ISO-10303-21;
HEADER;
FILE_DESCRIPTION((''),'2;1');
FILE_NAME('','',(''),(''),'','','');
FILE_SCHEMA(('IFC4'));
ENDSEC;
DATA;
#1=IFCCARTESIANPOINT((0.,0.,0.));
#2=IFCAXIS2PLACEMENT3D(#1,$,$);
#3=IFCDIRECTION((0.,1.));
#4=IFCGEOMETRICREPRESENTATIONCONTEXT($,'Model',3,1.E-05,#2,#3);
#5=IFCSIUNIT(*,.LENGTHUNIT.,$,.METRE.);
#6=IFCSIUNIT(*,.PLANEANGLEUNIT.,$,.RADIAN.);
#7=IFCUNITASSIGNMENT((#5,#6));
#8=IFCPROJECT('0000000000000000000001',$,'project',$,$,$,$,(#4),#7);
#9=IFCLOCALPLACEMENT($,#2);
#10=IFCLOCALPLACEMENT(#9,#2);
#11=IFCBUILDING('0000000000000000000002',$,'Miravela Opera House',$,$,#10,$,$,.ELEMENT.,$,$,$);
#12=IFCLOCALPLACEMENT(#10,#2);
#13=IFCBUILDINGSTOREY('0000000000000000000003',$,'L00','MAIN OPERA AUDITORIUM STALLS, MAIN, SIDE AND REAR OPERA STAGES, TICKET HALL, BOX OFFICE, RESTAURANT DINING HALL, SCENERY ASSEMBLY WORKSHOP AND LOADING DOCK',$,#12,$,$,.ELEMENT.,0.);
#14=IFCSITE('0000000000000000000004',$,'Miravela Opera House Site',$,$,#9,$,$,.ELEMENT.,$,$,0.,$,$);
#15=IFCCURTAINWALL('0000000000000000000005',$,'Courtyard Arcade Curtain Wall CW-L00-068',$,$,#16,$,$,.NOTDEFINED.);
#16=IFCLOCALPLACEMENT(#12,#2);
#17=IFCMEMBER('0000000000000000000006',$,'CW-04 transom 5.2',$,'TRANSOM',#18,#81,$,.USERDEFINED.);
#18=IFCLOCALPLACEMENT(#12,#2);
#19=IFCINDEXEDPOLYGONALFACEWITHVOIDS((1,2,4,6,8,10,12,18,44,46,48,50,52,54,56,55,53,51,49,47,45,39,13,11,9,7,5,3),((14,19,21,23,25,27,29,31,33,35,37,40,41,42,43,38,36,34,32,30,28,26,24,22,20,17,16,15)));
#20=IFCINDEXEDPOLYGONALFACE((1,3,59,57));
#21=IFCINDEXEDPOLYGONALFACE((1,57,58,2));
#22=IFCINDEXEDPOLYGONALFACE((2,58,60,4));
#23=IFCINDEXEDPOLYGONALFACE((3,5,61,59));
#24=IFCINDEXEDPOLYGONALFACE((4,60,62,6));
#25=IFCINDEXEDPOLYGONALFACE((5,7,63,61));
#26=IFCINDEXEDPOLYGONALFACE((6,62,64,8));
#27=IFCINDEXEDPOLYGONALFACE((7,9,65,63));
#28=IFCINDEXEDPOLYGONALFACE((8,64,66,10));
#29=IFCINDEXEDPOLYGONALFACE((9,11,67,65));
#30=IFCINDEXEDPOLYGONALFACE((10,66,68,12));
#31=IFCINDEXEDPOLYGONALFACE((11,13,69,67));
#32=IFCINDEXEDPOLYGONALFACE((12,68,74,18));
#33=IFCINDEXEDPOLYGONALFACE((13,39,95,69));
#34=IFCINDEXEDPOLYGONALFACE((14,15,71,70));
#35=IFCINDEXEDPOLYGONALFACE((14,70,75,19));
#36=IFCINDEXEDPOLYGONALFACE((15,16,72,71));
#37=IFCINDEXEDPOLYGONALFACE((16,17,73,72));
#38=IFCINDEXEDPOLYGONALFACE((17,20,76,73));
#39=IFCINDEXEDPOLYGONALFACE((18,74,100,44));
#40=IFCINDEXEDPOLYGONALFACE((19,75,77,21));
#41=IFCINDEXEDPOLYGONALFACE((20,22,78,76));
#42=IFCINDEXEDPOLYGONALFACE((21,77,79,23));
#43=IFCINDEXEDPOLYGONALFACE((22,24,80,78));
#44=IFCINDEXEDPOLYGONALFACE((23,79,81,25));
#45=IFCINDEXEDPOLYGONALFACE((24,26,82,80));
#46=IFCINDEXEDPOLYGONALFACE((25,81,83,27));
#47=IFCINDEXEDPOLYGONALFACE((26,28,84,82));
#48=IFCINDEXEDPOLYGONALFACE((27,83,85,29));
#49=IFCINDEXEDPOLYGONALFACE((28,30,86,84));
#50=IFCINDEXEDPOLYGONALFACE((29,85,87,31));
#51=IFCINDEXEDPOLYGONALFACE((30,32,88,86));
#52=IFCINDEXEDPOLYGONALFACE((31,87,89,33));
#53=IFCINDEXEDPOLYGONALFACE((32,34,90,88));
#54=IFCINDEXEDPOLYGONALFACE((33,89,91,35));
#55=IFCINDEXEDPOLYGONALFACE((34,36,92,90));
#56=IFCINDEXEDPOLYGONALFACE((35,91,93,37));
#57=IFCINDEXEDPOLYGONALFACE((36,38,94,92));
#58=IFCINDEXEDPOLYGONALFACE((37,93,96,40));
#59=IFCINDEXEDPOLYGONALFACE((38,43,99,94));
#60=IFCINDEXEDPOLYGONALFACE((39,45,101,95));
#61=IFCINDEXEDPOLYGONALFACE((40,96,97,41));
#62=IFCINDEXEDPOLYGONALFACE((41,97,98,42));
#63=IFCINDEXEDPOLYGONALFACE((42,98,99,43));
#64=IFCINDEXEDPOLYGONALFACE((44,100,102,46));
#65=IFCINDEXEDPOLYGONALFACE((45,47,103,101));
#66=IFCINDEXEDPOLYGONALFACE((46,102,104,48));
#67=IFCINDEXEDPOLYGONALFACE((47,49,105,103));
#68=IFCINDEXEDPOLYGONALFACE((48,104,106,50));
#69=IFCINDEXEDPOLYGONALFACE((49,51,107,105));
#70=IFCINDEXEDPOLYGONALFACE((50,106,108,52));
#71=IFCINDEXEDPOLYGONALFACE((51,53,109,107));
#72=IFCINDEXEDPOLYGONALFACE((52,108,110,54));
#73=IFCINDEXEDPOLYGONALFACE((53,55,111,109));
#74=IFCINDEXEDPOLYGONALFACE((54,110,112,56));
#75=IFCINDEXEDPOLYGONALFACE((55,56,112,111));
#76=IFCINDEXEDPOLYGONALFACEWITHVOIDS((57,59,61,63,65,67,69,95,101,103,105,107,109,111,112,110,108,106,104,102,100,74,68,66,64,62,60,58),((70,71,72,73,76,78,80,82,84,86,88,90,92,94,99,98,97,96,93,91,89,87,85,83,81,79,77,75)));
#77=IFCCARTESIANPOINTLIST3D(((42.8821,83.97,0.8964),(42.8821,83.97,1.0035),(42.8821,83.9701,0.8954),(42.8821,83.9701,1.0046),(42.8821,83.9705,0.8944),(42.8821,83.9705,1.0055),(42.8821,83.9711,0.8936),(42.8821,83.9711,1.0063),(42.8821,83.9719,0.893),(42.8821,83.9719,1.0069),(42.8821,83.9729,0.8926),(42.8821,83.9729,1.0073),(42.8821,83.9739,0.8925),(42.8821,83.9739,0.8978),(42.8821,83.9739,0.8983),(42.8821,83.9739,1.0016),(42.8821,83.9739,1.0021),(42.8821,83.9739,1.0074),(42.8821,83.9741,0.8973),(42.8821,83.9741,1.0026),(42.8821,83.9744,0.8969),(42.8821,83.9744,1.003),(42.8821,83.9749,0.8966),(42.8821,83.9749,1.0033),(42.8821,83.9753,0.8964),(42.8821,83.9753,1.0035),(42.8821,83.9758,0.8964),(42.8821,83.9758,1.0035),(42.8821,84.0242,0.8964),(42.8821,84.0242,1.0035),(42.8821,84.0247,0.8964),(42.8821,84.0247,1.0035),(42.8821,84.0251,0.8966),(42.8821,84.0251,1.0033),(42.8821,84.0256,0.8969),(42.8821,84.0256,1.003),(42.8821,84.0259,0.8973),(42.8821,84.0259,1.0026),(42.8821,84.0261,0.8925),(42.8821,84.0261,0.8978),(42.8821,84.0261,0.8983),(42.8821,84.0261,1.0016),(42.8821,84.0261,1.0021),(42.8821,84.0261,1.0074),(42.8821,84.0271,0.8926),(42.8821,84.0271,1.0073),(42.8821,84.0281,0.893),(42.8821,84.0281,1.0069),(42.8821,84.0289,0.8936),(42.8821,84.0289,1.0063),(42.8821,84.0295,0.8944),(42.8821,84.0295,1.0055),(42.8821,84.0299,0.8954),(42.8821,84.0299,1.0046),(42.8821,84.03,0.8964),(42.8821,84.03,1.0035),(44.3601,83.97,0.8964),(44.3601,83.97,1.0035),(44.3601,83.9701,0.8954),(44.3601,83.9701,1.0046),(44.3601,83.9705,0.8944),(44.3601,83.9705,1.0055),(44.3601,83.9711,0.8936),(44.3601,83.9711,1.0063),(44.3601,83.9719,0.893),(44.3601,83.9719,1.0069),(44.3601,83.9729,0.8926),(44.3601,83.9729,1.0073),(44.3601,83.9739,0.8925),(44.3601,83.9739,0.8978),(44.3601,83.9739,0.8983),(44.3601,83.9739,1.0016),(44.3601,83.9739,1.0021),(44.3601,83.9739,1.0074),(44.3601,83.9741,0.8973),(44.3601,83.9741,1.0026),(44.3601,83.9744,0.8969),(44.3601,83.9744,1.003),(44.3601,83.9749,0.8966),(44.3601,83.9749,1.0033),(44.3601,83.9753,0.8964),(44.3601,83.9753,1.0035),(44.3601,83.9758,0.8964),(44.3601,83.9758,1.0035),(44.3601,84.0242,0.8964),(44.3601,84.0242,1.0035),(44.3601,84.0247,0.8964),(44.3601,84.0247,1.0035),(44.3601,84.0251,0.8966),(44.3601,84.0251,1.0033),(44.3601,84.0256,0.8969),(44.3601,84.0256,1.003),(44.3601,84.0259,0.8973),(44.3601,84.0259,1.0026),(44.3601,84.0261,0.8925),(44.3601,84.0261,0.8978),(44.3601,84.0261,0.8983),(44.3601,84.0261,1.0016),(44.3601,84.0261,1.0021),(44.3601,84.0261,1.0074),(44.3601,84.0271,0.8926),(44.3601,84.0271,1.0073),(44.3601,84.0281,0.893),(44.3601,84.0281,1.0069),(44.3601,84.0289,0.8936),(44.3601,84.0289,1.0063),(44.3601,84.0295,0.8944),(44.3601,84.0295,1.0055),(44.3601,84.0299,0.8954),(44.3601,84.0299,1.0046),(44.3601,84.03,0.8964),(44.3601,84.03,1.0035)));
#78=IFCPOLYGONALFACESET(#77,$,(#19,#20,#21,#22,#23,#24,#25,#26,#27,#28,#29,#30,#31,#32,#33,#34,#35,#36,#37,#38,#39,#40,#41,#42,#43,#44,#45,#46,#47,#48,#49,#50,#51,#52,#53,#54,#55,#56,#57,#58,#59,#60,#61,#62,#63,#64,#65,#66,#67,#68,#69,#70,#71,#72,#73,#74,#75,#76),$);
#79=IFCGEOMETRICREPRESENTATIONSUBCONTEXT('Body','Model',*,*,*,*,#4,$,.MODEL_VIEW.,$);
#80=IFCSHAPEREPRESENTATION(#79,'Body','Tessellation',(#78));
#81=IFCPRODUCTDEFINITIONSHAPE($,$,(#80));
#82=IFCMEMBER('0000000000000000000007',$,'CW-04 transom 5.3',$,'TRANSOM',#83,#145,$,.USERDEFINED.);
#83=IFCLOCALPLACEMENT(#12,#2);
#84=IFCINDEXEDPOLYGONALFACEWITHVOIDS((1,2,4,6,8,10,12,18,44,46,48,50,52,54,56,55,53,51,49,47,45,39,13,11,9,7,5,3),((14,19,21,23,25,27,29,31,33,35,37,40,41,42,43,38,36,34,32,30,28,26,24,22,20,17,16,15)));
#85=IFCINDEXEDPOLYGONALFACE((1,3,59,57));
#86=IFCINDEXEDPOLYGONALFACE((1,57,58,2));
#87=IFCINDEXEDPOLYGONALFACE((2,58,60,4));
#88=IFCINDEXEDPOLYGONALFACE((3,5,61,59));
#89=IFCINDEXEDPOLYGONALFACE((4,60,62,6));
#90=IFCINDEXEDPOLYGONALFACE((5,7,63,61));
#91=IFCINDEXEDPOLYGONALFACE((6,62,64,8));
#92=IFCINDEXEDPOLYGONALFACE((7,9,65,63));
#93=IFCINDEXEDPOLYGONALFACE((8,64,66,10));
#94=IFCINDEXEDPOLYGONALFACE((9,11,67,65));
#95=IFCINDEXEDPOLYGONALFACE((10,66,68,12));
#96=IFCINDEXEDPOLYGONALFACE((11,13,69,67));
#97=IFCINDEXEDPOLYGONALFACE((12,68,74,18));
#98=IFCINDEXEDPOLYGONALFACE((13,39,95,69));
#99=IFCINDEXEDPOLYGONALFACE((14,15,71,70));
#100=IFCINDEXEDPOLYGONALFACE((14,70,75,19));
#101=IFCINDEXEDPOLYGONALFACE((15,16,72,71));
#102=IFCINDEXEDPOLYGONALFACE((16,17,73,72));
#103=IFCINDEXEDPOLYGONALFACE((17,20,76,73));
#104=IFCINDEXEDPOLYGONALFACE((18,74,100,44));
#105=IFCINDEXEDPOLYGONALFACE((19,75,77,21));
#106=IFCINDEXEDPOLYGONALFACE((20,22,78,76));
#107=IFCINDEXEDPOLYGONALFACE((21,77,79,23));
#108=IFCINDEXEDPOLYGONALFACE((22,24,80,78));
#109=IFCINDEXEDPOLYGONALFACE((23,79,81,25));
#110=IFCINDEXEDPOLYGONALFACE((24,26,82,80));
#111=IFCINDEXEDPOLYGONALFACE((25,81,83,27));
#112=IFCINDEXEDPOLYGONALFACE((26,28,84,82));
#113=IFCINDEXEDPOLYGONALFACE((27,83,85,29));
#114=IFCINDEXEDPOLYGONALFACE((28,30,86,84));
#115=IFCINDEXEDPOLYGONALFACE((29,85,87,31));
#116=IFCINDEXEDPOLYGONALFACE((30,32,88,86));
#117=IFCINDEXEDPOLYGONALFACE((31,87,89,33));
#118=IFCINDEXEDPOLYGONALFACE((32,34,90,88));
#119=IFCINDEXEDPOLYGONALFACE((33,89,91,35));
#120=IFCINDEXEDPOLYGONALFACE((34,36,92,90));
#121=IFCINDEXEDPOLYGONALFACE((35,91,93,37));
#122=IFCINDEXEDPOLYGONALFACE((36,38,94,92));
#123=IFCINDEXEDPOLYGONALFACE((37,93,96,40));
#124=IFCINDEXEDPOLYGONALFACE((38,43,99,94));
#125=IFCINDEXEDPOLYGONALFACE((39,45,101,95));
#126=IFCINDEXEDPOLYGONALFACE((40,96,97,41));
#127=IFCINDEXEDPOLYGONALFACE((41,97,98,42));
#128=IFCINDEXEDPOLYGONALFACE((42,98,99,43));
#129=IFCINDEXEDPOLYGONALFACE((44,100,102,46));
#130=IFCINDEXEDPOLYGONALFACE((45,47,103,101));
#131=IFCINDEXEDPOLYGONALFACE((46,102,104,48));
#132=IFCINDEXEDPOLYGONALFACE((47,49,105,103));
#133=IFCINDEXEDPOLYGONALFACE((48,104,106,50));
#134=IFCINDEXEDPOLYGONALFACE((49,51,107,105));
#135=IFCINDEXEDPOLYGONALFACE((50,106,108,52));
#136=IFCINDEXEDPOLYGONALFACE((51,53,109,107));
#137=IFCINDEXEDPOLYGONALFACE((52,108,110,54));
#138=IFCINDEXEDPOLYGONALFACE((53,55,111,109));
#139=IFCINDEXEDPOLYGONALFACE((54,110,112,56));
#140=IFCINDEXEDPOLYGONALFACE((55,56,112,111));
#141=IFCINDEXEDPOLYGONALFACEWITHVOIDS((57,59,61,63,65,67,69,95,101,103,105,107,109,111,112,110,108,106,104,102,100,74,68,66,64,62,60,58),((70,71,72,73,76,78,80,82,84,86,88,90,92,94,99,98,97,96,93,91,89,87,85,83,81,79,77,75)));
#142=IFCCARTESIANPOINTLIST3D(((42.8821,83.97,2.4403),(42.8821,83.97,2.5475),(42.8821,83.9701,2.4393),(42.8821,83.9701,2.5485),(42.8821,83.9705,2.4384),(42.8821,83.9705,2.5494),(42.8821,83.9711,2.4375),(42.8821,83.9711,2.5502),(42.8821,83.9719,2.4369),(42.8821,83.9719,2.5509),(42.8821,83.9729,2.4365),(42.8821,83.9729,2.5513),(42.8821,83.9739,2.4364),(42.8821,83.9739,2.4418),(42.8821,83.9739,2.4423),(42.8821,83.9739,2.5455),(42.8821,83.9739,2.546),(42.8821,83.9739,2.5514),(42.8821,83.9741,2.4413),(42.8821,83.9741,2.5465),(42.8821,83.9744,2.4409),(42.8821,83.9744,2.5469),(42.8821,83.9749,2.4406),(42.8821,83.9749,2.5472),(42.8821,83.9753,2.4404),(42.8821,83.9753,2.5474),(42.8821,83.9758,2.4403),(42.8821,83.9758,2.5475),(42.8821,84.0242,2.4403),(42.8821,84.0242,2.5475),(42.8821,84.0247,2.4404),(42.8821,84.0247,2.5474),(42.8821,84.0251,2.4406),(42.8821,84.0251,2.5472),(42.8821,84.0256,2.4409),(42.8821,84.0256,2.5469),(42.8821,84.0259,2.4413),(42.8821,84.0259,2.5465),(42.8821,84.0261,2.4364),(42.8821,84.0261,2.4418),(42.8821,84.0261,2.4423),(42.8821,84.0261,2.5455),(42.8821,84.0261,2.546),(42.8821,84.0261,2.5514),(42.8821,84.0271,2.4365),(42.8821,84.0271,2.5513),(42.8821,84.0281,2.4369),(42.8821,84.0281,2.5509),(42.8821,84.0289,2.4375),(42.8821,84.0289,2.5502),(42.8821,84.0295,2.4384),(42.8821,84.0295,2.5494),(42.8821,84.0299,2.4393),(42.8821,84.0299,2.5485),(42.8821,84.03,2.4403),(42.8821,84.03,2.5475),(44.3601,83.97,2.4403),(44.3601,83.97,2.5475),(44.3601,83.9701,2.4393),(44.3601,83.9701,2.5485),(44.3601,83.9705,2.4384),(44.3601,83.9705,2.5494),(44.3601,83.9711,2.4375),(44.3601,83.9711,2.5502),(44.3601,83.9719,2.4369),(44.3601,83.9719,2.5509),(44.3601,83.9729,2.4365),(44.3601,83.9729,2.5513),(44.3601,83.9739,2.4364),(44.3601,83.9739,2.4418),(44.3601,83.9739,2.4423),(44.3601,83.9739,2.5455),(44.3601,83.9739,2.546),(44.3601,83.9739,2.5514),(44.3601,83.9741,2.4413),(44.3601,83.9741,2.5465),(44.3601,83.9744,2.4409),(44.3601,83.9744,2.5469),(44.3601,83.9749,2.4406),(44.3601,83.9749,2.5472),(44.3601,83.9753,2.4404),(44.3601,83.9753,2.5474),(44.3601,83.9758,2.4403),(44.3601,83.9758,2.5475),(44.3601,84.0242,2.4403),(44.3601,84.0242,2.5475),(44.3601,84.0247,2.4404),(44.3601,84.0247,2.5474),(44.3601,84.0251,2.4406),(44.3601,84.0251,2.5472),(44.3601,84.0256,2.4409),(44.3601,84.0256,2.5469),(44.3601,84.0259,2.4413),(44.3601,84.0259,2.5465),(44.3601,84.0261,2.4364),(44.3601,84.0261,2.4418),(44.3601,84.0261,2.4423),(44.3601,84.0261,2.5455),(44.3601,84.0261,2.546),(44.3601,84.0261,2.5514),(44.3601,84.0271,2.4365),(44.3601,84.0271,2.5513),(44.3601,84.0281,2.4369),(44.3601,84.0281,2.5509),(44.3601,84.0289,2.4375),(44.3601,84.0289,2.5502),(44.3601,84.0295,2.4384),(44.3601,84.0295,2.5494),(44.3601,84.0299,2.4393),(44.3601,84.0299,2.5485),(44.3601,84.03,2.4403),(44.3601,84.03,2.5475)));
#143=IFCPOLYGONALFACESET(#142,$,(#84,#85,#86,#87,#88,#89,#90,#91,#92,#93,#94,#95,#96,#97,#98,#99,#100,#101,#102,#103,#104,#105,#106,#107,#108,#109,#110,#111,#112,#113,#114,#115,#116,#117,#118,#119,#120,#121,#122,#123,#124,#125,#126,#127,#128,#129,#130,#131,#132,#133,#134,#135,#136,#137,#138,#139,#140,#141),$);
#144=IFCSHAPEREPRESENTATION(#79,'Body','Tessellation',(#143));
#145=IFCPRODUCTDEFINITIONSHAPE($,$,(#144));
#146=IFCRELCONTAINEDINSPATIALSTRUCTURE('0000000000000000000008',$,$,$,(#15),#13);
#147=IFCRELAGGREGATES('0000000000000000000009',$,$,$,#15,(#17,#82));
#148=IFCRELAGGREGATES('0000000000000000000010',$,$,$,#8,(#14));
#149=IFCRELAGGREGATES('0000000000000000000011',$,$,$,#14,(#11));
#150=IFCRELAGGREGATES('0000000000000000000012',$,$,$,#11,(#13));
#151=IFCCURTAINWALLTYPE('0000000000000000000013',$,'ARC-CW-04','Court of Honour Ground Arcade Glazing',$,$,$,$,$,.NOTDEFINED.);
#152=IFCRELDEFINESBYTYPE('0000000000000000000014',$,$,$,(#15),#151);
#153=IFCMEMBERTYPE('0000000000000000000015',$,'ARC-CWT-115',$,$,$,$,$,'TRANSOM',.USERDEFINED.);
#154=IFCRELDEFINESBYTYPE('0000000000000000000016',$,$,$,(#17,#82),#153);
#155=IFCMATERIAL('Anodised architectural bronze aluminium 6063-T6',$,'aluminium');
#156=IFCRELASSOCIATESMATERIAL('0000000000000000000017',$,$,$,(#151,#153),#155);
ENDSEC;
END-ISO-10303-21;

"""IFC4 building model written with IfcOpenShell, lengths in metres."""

from ifc_helpers import new_model, si_unit, direction, frame, origin, origin_2d, place, context, subcontext, project, spatial, hollow_rectangle, extrude, material, material_profile, profile_set, type_object, element, aggregate, save


model = new_model("IFC4")

# Units and contexts
model_context = context("Model", 3, precision=1e-05, world=origin(), true_north=direction((0.0, 1.0)))
body_context = subcontext(model_context, "Body", "Model", "MODEL_VIEW")
ifc_project = project(units=[si_unit("LENGTHUNIT", "METRE"), si_unit("PLANEANGLEUNIT", "RADIAN")], contexts=[model_context])

# Site, building, storey
site_placement = place(None, origin())
site = spatial("IfcSite", under=ifc_project, at=site_placement, Name="Miravela Opera House Site", CompositionType="ELEMENT", RefElevation=0.0)
building_placement = place(site_placement, origin())
building = spatial("IfcBuilding", under=site, at=building_placement, Name="Miravela Opera House", CompositionType="ELEMENT")
storey_placement = place(building_placement, origin())
storey = spatial("IfcBuildingStorey", under=building, at=storey_placement, Name="L00", Description="MAIN OPERA AUDITORIUM STALLS, MAIN, SIDE AND REAR OPERA STAGES, TICKET HALL, BOX OFFICE, RESTAURANT DINING HALL, SCENERY ASSEMBLY WORKSHOP AND LOADING DOCK", CompositionType="ELEMENT", Elevation=0.0)

# Curtain wall, members
ifc_material_1 = material(Name="Anodised architectural bronze aluminium 6063-T6", Category="aluminium")
curtain_wall_type = type_object("IfcCurtainWallType", Name="ARC-CW-04", Description="Court of Honour Ground Arcade Glazing", PredefinedType="NOTDEFINED", material=ifc_material_1)
curtain_wall_placement = place(storey_placement, origin())
curtain_wall = element("IfcCurtainWall", 1, at=curtain_wall_placement, inside=storey, type_object=curtain_wall_type, Name="Courtyard Arcade Curtain Wall CW-L00-068", PredefinedType="NOTDEFINED")
ifc_material_profile_1 = material_profile(ifc_material_1, hollow_rectangle(XDim=0.0601, YDim=0.115, WallThickness=0.0039, InnerFilletRadius=0.002, OuterFilletRadius=0.0039, at=origin_2d()), Name="CWT-60X115")
ifc_profile_set_1 = profile_set([ifc_material_profile_1])
member_type_1 = type_object("IfcMemberType", Name="ARC-CWT-115", ElementType="TRANSOM", PredefinedType="USERDEFINED", material=ifc_profile_set_1)
member_1_placement = place(storey_placement, frame((42.8821, 84.0, 0.95), z_axis=(1.0, 0.0, 0.0), x_axis=(0.0, 1.0, 0.0)))
member_1 = element("IfcMember", 2, at=member_1_placement, type_object=member_type_1, Name="CW-04 transom 5.2", ObjectType="TRANSOM", PredefinedType="USERDEFINED", context=body_context, shape_type="SweptSolid", body=[
    extrude(hollow_rectangle(XDim=0.0601, YDim=0.115, WallThickness=0.0039, InnerFilletRadius=0.002, OuterFilletRadius=0.0039, at=origin_2d()), origin(), (0.0, 0.0, 1.0), 1.478),
])
member_2_placement = place(storey_placement, frame((42.8821, 84.0, 2.4939), z_axis=(1.0, 0.0, 0.0), x_axis=(0.0, 1.0, 0.0)))
member_2 = element("IfcMember", 3, at=member_2_placement, type_object=member_type_1, Name="CW-04 transom 5.3", ObjectType="TRANSOM", PredefinedType="USERDEFINED", context=body_context, shape_type="SweptSolid", body=[
    extrude(hollow_rectangle(XDim=0.0601, YDim=0.115, WallThickness=0.0039, InnerFilletRadius=0.002, OuterFilletRadius=0.0039, at=origin_2d()), origin(), (0.0, 0.0, 1.0), 1.478),
])
aggregate(curtain_wall, [member_1, member_2])

save(model, "model.ifc")
